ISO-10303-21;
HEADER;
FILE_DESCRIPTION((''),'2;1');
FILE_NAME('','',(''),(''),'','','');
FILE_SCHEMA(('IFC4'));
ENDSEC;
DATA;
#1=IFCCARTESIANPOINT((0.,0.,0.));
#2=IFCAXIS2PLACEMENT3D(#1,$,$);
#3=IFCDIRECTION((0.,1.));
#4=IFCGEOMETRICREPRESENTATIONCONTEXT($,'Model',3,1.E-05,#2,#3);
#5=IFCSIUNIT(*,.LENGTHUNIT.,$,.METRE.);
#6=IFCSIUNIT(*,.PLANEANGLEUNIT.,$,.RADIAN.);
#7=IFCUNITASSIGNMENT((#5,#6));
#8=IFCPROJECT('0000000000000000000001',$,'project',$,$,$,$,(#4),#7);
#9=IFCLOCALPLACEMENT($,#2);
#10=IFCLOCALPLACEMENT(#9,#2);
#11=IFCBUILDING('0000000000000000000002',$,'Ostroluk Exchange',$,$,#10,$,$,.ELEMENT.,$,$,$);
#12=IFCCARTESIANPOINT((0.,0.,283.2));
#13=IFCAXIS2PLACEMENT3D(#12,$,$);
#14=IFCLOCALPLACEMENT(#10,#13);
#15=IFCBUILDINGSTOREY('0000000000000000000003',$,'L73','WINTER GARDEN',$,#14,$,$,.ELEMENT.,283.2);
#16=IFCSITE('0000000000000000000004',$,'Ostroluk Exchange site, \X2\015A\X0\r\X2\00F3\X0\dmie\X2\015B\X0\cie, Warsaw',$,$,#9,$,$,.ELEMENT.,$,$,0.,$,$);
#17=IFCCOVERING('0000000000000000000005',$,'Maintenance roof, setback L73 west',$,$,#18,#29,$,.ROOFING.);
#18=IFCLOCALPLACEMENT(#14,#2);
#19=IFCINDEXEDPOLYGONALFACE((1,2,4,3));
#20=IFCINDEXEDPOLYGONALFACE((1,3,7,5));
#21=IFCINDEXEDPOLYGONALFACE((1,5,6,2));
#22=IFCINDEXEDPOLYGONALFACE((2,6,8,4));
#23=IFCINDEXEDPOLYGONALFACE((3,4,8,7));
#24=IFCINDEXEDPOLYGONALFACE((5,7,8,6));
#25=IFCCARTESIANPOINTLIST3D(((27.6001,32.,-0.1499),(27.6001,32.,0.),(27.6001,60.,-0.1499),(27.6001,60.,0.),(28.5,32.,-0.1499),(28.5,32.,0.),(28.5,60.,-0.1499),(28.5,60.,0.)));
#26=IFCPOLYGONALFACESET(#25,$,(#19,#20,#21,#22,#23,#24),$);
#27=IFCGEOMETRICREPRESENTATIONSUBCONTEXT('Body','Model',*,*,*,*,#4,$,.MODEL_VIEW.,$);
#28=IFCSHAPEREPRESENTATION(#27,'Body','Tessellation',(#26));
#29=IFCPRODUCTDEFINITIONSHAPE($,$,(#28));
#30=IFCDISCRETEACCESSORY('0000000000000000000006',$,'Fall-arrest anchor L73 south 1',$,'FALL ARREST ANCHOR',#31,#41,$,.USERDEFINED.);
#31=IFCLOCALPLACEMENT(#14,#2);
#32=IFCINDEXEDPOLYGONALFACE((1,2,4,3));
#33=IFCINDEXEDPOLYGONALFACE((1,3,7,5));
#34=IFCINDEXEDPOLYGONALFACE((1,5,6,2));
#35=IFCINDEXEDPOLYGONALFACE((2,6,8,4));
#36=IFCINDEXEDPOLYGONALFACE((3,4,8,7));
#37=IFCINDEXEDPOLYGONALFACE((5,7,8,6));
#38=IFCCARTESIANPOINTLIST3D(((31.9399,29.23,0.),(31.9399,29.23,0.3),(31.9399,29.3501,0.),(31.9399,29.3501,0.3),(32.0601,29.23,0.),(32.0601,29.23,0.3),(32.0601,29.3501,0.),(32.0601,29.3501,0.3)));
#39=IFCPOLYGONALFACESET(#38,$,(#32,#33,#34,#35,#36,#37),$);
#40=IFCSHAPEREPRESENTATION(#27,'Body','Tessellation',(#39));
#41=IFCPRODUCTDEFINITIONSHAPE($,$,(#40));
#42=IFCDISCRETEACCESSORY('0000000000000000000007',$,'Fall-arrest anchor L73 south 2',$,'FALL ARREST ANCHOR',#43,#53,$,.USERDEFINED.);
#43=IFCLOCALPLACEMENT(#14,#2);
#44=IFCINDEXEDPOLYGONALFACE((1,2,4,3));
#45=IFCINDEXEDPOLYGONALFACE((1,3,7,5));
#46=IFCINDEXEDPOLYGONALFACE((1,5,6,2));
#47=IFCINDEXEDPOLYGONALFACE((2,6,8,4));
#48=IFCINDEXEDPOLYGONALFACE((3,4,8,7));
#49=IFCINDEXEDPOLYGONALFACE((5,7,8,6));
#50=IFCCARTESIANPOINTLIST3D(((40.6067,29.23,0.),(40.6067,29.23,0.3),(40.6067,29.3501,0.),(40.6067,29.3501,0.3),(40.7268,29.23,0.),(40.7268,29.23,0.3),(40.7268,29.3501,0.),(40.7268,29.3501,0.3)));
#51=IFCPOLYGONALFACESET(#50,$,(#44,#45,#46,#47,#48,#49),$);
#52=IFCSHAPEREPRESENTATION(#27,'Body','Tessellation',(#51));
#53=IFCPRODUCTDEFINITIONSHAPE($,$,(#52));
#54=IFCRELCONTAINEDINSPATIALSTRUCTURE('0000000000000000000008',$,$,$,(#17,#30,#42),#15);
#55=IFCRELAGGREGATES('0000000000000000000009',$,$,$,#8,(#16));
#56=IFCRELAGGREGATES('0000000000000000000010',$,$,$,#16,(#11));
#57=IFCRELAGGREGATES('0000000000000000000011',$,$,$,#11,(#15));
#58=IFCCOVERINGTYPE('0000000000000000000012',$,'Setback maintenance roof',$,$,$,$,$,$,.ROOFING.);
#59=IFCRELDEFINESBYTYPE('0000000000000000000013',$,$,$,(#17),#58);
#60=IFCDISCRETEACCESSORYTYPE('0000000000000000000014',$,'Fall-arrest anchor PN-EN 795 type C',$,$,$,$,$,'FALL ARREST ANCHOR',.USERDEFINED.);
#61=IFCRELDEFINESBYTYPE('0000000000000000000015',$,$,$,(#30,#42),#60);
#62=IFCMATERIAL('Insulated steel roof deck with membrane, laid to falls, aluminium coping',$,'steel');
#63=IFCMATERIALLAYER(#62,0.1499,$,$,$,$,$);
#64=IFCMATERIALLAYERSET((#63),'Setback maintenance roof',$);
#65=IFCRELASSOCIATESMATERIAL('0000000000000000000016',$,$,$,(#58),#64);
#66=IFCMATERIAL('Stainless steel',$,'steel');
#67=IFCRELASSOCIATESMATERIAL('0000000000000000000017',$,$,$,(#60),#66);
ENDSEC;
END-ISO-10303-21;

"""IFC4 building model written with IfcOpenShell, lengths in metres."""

from ifc_helpers import new_model, si_unit, direction, frame, origin, origin_2d, place, context, subcontext, project, spatial, polyline, rectangle, outline, extrude, material, layer, layer_set, type_object, element, save


model = new_model("IFC4")

# Units and contexts
model_context = context("Model", 3, precision=1e-05, world=origin(), true_north=direction((0.0, 1.0)))
body_context = subcontext(model_context, "Body", "Model", "MODEL_VIEW")
ifc_project = project(units=[si_unit("LENGTHUNIT", "METRE"), si_unit("PLANEANGLEUNIT", "RADIAN")], contexts=[model_context])

# Site, building, storey
site_placement = place(None, origin())
site = spatial("IfcSite", under=ifc_project, at=site_placement, Name="Ostroluk Exchange site, Śródmieście, Warsaw", CompositionType="ELEMENT", RefElevation=0.0)
building_placement = place(site_placement, origin())
building = spatial("IfcBuilding", under=site, at=building_placement, Name="Ostroluk Exchange", CompositionType="ELEMENT")
storey_placement = place(building_placement, frame((0.0, 0.0, 283.2)))
storey = spatial("IfcBuildingStorey", under=building, at=storey_placement, Name="L73", Description="WINTER GARDEN", CompositionType="ELEMENT", Elevation=283.2)

# Covering
ifc_material_1 = material(Name="Insulated steel roof deck with membrane, laid to falls, aluminium coping", Category="steel")
ifc_layer_1 = layer(ifc_material_1, 0.1499)
ifc_layer_set_1 = layer_set([ifc_layer_1], Name="Setback maintenance roof")
covering_type = type_object("IfcCoveringType", Name="Setback maintenance roof", PredefinedType="ROOFING", material=ifc_layer_set_1)
covering_1_placement = place(storey_placement, frame((0.0, 0.0, -0.1499)))
element("IfcCovering", 1, at=covering_1_placement, inside=storey, type_object=covering_type, Name="Maintenance roof, setback L73 west", PredefinedType="ROOFING", context=body_context, shape_type="SweptSolid", body=[
    extrude(outline(polyline([(27.6001, 60.0), (28.5, 60.0), (28.5, 32.0), (27.6001, 32.0), (27.6001, 60.0)])), origin(), (0.0, 0.0, 1.0), 0.1499),
])

# Discrete accessories
ifc_material_2 = material(Name="Stainless steel", Category="steel")
discrete_accessory_type = type_object("IfcDiscreteAccessoryType", Name="Fall-arrest anchor PN-EN 795 type C", ElementType="FALL ARREST ANCHOR", PredefinedType="USERDEFINED", material=ifc_material_2)
for number, where, z_axis, x_axis, name in (
    (2, (32.0, 29.29, 0.0), (0.0, 0.0, 1.0), (1.0, 0.0, 0.0), "Fall-arrest anchor L73 south 1"),
    (3, (40.6667, 29.29, 0.0), (0.0, 0.0, 1.0), (1.0, 0.0, 0.0), "Fall-arrest anchor L73 south 2"),
):
    element("IfcDiscreteAccessory", number, at=place(storey_placement, frame(where, z_axis=z_axis, x_axis=x_axis)), inside=storey, type_object=discrete_accessory_type, Name=name, ObjectType="FALL ARREST ANCHOR", PredefinedType="USERDEFINED", context=body_context, shape_type="SweptSolid", body=[
        extrude(rectangle(XDim=0.1201, YDim=0.1201, at=origin_2d()), origin(), (0.0, 0.0, 1.0), 0.3),
    ])

save(model, "model.ifc")
